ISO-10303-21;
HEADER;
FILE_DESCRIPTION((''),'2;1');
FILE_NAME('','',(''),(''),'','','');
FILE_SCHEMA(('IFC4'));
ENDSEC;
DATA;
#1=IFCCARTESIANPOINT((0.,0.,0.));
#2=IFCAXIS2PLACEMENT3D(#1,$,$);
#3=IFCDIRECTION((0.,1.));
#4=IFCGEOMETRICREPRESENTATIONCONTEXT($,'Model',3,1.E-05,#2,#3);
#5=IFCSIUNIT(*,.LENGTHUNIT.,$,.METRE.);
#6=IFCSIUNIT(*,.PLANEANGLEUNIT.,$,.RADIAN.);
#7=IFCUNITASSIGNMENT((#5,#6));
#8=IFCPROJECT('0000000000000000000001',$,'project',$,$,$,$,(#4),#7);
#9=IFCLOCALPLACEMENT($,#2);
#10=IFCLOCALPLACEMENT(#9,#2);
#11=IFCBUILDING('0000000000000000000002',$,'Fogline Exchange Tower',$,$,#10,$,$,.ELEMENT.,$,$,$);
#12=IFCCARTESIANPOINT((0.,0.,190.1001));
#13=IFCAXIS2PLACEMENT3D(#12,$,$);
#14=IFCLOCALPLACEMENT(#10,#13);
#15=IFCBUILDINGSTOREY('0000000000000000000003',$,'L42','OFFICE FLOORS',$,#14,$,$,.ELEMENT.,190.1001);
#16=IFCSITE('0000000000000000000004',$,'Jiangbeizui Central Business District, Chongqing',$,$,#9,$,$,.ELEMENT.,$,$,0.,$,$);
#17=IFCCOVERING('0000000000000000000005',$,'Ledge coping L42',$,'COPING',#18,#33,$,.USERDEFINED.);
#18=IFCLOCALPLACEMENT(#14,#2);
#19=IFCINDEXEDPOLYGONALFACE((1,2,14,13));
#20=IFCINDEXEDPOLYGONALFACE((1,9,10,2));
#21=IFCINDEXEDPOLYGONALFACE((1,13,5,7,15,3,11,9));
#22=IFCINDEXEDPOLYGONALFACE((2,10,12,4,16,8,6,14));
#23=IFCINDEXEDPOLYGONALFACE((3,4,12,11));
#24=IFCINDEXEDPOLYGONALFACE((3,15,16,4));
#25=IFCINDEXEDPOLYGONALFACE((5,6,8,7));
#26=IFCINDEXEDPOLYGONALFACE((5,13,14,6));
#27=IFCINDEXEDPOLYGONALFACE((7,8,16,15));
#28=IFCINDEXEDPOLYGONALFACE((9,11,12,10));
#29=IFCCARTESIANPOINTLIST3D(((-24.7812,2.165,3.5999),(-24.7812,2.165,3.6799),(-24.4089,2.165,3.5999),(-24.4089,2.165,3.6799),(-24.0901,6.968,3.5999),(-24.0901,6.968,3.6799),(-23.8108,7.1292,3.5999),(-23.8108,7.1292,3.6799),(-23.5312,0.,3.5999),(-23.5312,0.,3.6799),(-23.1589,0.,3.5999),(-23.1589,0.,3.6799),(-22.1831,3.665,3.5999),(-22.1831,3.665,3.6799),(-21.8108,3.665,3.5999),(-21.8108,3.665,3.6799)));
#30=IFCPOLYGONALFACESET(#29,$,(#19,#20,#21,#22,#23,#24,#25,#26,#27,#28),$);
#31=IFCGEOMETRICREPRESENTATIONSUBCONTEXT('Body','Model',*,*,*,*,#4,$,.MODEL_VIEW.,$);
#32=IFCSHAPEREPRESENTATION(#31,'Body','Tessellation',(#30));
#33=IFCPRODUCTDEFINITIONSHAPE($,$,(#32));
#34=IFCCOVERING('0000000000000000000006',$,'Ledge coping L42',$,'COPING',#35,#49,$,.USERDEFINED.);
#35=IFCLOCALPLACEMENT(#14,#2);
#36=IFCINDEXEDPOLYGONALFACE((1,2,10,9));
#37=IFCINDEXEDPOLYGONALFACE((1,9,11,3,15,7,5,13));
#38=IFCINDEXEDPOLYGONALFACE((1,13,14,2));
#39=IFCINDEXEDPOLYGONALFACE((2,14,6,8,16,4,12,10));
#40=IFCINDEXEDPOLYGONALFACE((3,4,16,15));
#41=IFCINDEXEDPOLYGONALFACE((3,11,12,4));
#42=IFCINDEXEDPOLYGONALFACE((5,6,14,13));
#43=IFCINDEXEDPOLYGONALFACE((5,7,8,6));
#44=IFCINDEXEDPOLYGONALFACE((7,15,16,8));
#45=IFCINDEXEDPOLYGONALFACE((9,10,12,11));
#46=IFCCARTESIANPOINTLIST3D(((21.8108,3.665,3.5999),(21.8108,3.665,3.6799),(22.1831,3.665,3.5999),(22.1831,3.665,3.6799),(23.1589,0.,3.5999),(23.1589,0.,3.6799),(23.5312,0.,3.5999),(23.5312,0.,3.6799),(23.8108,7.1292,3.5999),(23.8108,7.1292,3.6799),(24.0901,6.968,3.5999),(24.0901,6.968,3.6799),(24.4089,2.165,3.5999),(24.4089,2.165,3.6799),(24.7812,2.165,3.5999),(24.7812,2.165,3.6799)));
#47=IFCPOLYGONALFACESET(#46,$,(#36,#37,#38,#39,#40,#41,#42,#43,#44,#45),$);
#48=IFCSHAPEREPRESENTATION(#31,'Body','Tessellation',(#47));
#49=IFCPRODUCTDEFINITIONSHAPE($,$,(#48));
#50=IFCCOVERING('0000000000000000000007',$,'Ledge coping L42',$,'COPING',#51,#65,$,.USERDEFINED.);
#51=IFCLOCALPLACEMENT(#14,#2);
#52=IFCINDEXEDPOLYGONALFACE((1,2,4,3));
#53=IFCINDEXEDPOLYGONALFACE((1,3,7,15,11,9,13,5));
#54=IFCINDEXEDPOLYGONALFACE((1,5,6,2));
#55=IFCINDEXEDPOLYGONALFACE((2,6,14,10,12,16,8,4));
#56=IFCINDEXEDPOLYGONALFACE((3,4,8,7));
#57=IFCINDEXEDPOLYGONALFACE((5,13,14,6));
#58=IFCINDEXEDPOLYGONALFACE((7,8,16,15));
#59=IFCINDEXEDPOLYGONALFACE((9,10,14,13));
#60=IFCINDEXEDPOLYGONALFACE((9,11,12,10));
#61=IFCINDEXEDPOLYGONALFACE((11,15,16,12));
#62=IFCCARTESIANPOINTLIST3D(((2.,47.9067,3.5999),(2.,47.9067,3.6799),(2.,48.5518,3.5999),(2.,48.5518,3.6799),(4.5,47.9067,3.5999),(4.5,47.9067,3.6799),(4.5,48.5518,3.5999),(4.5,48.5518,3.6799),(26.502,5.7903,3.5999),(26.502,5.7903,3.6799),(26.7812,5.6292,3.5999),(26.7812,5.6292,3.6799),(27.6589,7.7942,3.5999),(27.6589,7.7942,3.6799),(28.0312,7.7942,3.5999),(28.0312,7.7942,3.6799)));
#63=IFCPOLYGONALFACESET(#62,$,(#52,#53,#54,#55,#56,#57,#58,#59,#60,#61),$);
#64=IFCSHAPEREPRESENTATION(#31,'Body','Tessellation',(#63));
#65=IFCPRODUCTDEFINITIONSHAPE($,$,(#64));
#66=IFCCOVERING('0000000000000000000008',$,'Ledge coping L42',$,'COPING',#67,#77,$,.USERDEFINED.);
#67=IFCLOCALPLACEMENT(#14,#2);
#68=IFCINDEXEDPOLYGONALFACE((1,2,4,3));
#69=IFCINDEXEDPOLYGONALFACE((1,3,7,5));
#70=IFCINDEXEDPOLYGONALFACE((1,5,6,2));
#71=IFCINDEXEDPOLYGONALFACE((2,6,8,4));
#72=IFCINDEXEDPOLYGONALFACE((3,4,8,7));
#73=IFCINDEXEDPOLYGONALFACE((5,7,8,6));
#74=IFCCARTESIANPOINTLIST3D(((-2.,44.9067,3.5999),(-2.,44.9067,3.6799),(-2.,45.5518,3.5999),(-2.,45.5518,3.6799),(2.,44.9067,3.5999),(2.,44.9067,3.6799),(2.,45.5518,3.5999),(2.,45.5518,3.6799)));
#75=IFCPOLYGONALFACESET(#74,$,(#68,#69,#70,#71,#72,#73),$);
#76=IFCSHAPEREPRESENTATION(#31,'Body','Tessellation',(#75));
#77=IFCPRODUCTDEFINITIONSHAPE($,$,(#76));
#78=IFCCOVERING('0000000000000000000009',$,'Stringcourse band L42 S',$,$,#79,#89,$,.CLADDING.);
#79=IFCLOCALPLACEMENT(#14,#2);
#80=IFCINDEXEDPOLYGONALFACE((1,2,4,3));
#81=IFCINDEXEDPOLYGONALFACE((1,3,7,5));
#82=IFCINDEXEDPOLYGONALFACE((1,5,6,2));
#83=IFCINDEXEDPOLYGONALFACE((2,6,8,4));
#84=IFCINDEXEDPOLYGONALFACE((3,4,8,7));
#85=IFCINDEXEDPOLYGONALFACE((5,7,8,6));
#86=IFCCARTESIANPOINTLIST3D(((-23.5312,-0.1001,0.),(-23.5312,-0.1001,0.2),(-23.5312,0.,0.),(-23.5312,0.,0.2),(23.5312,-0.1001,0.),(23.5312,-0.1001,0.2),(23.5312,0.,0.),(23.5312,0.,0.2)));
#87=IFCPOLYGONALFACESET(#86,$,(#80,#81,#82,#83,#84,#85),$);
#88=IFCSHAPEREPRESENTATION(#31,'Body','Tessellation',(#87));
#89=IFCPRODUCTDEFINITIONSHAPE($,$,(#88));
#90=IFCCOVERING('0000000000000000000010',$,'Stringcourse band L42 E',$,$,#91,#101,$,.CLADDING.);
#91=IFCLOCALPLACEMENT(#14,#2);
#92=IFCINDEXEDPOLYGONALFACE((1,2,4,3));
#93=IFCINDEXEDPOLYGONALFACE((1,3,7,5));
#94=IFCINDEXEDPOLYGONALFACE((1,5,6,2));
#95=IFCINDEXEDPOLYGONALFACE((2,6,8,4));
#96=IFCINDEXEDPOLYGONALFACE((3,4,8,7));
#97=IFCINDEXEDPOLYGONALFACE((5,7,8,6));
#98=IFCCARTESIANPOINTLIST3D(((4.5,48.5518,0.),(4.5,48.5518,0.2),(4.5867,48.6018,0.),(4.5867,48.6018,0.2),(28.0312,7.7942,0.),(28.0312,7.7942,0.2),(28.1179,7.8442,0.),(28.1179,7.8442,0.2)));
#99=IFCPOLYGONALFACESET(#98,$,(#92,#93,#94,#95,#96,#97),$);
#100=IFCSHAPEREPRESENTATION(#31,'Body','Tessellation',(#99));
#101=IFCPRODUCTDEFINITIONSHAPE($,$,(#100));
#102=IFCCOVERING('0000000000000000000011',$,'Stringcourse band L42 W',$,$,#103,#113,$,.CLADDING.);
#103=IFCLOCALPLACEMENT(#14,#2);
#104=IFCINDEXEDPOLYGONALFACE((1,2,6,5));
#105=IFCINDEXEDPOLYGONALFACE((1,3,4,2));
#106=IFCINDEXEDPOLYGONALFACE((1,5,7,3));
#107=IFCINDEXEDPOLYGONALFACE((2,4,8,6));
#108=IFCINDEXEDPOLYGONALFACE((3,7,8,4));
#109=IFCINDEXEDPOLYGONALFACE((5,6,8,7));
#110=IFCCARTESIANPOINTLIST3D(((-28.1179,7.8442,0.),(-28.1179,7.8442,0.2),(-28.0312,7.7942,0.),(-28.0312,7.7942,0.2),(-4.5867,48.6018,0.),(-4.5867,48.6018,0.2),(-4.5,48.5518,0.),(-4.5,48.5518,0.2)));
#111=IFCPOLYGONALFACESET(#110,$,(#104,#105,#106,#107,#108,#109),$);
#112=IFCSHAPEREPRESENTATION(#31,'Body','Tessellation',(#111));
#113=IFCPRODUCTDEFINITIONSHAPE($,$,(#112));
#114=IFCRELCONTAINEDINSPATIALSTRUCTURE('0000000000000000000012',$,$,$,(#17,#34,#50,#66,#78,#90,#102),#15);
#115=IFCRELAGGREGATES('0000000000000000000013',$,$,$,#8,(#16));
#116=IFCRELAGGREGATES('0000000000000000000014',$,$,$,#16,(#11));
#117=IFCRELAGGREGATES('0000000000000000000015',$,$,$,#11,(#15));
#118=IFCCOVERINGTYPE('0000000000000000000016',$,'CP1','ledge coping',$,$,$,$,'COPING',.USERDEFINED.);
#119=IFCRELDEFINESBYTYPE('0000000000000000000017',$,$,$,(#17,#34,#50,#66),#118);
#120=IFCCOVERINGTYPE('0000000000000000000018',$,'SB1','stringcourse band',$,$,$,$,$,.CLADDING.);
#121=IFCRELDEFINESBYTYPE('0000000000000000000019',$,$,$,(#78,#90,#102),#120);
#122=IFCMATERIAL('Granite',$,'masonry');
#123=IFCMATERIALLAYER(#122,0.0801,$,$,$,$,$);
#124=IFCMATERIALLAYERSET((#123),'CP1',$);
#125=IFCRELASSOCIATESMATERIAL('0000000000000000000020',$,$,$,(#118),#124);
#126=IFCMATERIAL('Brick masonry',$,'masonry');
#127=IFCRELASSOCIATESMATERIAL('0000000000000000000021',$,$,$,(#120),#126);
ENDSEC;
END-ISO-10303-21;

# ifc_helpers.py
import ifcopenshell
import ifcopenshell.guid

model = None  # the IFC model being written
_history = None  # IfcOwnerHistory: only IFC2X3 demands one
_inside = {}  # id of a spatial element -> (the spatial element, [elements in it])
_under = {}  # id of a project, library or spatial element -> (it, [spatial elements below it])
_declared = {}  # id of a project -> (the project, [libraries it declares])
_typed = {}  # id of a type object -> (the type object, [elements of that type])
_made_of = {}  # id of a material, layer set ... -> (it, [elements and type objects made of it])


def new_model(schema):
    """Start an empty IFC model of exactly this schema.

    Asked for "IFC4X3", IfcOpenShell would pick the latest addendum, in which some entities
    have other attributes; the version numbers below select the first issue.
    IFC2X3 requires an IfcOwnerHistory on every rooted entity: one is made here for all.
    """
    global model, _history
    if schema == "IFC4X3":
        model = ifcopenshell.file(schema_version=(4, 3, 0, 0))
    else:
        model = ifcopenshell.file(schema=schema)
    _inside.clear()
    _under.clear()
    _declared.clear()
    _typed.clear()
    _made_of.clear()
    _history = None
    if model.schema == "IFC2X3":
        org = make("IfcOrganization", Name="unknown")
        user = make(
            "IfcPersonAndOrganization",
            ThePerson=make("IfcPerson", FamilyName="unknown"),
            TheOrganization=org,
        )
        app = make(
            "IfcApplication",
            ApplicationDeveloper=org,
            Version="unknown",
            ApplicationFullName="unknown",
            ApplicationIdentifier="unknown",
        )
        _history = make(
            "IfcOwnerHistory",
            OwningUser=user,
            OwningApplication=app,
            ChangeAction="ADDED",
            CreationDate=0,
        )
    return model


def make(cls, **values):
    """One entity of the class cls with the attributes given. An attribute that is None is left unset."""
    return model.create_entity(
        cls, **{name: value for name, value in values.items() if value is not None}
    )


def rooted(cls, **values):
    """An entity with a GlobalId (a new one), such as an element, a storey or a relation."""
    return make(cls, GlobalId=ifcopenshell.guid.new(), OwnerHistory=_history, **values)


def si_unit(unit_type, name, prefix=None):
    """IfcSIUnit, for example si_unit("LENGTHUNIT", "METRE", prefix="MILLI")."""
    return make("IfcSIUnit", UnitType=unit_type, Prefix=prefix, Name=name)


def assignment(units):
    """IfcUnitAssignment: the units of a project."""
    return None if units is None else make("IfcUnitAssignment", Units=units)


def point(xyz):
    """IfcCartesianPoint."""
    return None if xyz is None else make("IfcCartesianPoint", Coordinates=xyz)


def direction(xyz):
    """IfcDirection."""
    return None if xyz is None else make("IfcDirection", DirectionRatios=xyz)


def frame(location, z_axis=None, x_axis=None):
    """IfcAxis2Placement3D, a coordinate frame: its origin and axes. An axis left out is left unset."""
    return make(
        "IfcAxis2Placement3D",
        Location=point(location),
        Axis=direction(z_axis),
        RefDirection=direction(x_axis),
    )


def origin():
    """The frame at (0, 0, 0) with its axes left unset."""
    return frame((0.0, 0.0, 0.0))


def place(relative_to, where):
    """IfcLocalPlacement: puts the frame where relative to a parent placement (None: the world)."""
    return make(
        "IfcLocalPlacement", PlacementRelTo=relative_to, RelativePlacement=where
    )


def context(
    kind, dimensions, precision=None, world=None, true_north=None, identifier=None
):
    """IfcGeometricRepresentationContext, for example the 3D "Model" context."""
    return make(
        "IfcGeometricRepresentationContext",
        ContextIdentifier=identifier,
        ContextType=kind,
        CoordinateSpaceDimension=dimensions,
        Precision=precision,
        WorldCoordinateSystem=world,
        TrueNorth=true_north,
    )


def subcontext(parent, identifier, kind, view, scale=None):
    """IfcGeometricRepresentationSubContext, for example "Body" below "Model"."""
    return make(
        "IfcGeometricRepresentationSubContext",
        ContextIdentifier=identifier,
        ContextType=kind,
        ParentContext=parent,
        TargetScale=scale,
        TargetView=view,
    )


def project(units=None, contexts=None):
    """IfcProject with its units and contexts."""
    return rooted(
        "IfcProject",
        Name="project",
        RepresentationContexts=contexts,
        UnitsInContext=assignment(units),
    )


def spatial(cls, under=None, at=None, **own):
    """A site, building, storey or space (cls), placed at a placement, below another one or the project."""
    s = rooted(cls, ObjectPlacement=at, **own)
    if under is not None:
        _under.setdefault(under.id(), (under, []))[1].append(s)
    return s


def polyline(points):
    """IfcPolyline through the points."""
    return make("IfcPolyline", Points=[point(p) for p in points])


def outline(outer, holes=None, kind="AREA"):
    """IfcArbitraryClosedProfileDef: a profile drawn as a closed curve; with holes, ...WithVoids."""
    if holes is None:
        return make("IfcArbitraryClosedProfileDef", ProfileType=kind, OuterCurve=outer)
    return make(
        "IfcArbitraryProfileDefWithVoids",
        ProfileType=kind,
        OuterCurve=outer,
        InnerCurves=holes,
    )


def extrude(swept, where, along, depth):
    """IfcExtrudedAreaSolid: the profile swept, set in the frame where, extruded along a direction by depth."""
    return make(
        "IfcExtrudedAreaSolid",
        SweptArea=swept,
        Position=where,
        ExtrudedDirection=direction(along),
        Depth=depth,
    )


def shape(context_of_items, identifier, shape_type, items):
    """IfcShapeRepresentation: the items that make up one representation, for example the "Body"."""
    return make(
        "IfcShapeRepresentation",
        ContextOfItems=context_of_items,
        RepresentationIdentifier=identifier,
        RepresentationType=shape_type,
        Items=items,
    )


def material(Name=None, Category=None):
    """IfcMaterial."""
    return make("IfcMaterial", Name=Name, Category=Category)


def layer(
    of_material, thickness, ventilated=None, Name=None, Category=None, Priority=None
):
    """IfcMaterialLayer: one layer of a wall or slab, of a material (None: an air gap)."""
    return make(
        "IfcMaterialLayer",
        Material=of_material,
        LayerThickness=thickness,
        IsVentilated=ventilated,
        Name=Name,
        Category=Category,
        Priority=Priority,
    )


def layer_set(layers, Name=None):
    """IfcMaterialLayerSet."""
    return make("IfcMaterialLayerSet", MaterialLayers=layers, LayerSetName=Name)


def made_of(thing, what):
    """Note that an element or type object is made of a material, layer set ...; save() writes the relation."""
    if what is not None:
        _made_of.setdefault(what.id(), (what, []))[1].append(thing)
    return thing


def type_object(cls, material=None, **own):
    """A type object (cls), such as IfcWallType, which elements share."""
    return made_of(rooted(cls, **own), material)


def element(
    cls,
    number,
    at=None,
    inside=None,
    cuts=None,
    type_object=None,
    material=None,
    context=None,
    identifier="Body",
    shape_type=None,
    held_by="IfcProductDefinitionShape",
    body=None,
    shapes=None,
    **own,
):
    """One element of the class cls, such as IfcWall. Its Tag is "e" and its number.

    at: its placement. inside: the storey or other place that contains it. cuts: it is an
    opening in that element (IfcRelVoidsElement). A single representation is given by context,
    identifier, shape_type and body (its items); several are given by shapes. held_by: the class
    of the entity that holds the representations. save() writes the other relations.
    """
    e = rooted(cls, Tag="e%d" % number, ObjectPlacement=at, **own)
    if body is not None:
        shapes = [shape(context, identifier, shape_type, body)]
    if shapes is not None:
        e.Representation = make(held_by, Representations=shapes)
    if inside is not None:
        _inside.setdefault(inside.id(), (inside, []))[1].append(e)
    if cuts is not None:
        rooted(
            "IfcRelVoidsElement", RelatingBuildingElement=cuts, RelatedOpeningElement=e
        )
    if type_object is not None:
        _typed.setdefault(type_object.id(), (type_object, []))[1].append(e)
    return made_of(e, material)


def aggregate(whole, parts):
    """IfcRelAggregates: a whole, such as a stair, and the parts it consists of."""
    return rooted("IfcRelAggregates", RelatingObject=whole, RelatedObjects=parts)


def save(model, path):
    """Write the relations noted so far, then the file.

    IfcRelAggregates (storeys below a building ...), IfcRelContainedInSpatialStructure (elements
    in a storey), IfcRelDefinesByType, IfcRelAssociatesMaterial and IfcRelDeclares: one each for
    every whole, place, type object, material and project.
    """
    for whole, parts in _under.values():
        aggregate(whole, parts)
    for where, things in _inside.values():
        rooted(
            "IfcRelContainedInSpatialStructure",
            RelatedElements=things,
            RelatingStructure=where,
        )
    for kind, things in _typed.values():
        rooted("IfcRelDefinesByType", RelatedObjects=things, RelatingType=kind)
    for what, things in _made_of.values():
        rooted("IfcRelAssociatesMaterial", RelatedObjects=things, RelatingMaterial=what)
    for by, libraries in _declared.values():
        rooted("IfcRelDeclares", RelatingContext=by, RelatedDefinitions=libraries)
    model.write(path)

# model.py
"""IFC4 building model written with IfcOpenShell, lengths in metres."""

from ifc_helpers import new_model, si_unit, direction, frame, origin, place, context, subcontext, project, spatial, polyline, outline, extrude, material, layer, layer_set, type_object, element, save


model = new_model("IFC4")

# Units and contexts
model_context = context("Model", 3, precision=1e-05, world=origin(), true_north=direction((0.0, 1.0)))
body_context = subcontext(model_context, "Body", "Model", "MODEL_VIEW")
ifc_project = project(units=[si_unit("LENGTHUNIT", "METRE"), si_unit("PLANEANGLEUNIT", "RADIAN")], contexts=[model_context])

# Site, building, storey
site_placement = place(None, origin())
site = spatial("IfcSite", under=ifc_project, at=site_placement, Name="Jiangbeizui Central Business District, Chongqing", CompositionType="ELEMENT", RefElevation=0.0)
building_placement = place(site_placement, origin())
building = spatial("IfcBuilding", under=site, at=building_placement, Name="Fogline Exchange Tower", CompositionType="ELEMENT")
storey_placement = place(building_placement, frame((0.0, 0.0, 190.1001)))
storey = spatial("IfcBuildingStorey", under=building, at=storey_placement, Name="L42", Description="OFFICE FLOORS", CompositionType="ELEMENT", Elevation=190.1001)

# Coverings
ifc_material_1 = material(Name="Granite", Category="masonry")
ifc_layer_1 = layer(ifc_material_1, 0.0801)
ifc_layer_set_1 = layer_set([ifc_layer_1], Name="CP1")
covering_type_1 = type_object("IfcCoveringType", Name="CP1", Description="ledge coping", ElementType="COPING", PredefinedType="USERDEFINED", material=ifc_layer_set_1)
covering_1_placement = place(storey_placement, frame((0.0, 0.0, 3.5999)))
element("IfcCovering", 1, at=covering_1_placement, inside=storey, type_object=covering_type_1, Name="Ledge coping L42", ObjectType="COPING", PredefinedType="USERDEFINED", context=body_context, shape_type="SweptSolid", body=[
    extrude(outline(polyline([(-23.5312, 0.0), (-23.1589, 0.0), (-24.4089, 2.165), (-21.8108, 3.665), (-23.8108, 7.1292), (-24.0901, 6.968), (-22.1831, 3.665), (-24.7812, 2.165), (-23.5312, 0.0)])), origin(), (0.0, 0.0, 1.0), 0.0801),
])
covering_2_placement = place(storey_placement, frame((0.0, 0.0, 3.5999)))
element("IfcCovering", 2, at=covering_2_placement, inside=storey, type_object=covering_type_1, Name="Ledge coping L42", ObjectType="COPING", PredefinedType="USERDEFINED", context=body_context, shape_type="SweptSolid", body=[
    extrude(outline(polyline([(22.1831, 3.665), (24.0901, 6.968), (23.8108, 7.1292), (21.8108, 3.665), (24.4089, 2.165), (23.1589, 0.0), (23.5312, 0.0), (24.7812, 2.165), (22.1831, 3.665)])), origin(), (0.0, 0.0, 1.0), 0.0801),
])
covering_3_placement = place(storey_placement, frame((0.0, 0.0, 3.5999)))
element("IfcCovering", 3, at=covering_3_placement, inside=storey, type_object=covering_type_1, Name="Ledge coping L42", ObjectType="COPING", PredefinedType="USERDEFINED", context=body_context, shape_type="SweptSolid", body=[
    extrude(outline(polyline([(2.0, 48.5518), (2.0, 47.9067), (4.5, 47.9067), (27.6589, 7.7942), (26.502, 5.7903), (26.7812, 5.6292), (28.0312, 7.7942), (4.5, 48.5518), (2.0, 48.5518)])), origin(), (0.0, 0.0, 1.0), 0.0801),
])
covering_4_placement = place(storey_placement, frame((0.0, 0.0, 3.5999)))
element("IfcCovering", 4, at=covering_4_placement, inside=storey, type_object=covering_type_1, Name="Ledge coping L42", ObjectType="COPING", PredefinedType="USERDEFINED", context=body_context, shape_type="SweptSolid", body=[
    extrude(outline(polyline([(2.0, 45.5518), (-2.0, 45.5518), (-2.0, 44.9067), (2.0, 44.9067), (2.0, 45.5518)])), origin(), (0.0, 0.0, 1.0), 0.0801),
])
ifc_material_2 = material(Name="Brick masonry", Category="masonry")
covering_type_2 = type_object("IfcCoveringType", Name="SB1", Description="stringcourse band", PredefinedType="CLADDING", material=ifc_material_2)
covering_5_placement = place(storey_placement, origin())
element("IfcCovering", 5, at=covering_5_placement, inside=storey, type_object=covering_type_2, Name="Stringcourse band L42 S", PredefinedType="CLADDING", context=body_context, shape_type="SweptSolid", body=[
    extrude(outline(polyline([(-23.5312, 0.0), (-23.5312, -0.1001), (23.5312, -0.1001), (23.5312, 0.0), (-23.5312, 0.0)])), origin(), (0.0, 0.0, 1.0), 0.2),
])
covering_6_placement = place(storey_placement, origin())
element("IfcCovering", 6, at=covering_6_placement, inside=storey, type_object=covering_type_2, Name="Stringcourse band L42 E", PredefinedType="CLADDING", context=body_context, shape_type="SweptSolid", body=[
    extrude(outline(polyline([(28.0312, 7.7942), (28.1179, 7.8442), (4.5867, 48.6018), (4.5, 48.5518), (28.0312, 7.7942)])), origin(), (0.0, 0.0, 1.0), 0.2),
])
covering_7_placement = place(storey_placement, origin())
element("IfcCovering", 7, at=covering_7_placement, inside=storey, type_object=covering_type_2, Name="Stringcourse band L42 W", PredefinedType="CLADDING", context=body_context, shape_type="SweptSolid", body=[
    extrude(outline(polyline([(-4.5, 48.5518), (-4.5867, 48.6018), (-28.1179, 7.8442), (-28.0312, 7.7942), (-4.5, 48.5518)])), origin(), (0.0, 0.0, 1.0), 0.2),
])

save(model, "model.ifc")
